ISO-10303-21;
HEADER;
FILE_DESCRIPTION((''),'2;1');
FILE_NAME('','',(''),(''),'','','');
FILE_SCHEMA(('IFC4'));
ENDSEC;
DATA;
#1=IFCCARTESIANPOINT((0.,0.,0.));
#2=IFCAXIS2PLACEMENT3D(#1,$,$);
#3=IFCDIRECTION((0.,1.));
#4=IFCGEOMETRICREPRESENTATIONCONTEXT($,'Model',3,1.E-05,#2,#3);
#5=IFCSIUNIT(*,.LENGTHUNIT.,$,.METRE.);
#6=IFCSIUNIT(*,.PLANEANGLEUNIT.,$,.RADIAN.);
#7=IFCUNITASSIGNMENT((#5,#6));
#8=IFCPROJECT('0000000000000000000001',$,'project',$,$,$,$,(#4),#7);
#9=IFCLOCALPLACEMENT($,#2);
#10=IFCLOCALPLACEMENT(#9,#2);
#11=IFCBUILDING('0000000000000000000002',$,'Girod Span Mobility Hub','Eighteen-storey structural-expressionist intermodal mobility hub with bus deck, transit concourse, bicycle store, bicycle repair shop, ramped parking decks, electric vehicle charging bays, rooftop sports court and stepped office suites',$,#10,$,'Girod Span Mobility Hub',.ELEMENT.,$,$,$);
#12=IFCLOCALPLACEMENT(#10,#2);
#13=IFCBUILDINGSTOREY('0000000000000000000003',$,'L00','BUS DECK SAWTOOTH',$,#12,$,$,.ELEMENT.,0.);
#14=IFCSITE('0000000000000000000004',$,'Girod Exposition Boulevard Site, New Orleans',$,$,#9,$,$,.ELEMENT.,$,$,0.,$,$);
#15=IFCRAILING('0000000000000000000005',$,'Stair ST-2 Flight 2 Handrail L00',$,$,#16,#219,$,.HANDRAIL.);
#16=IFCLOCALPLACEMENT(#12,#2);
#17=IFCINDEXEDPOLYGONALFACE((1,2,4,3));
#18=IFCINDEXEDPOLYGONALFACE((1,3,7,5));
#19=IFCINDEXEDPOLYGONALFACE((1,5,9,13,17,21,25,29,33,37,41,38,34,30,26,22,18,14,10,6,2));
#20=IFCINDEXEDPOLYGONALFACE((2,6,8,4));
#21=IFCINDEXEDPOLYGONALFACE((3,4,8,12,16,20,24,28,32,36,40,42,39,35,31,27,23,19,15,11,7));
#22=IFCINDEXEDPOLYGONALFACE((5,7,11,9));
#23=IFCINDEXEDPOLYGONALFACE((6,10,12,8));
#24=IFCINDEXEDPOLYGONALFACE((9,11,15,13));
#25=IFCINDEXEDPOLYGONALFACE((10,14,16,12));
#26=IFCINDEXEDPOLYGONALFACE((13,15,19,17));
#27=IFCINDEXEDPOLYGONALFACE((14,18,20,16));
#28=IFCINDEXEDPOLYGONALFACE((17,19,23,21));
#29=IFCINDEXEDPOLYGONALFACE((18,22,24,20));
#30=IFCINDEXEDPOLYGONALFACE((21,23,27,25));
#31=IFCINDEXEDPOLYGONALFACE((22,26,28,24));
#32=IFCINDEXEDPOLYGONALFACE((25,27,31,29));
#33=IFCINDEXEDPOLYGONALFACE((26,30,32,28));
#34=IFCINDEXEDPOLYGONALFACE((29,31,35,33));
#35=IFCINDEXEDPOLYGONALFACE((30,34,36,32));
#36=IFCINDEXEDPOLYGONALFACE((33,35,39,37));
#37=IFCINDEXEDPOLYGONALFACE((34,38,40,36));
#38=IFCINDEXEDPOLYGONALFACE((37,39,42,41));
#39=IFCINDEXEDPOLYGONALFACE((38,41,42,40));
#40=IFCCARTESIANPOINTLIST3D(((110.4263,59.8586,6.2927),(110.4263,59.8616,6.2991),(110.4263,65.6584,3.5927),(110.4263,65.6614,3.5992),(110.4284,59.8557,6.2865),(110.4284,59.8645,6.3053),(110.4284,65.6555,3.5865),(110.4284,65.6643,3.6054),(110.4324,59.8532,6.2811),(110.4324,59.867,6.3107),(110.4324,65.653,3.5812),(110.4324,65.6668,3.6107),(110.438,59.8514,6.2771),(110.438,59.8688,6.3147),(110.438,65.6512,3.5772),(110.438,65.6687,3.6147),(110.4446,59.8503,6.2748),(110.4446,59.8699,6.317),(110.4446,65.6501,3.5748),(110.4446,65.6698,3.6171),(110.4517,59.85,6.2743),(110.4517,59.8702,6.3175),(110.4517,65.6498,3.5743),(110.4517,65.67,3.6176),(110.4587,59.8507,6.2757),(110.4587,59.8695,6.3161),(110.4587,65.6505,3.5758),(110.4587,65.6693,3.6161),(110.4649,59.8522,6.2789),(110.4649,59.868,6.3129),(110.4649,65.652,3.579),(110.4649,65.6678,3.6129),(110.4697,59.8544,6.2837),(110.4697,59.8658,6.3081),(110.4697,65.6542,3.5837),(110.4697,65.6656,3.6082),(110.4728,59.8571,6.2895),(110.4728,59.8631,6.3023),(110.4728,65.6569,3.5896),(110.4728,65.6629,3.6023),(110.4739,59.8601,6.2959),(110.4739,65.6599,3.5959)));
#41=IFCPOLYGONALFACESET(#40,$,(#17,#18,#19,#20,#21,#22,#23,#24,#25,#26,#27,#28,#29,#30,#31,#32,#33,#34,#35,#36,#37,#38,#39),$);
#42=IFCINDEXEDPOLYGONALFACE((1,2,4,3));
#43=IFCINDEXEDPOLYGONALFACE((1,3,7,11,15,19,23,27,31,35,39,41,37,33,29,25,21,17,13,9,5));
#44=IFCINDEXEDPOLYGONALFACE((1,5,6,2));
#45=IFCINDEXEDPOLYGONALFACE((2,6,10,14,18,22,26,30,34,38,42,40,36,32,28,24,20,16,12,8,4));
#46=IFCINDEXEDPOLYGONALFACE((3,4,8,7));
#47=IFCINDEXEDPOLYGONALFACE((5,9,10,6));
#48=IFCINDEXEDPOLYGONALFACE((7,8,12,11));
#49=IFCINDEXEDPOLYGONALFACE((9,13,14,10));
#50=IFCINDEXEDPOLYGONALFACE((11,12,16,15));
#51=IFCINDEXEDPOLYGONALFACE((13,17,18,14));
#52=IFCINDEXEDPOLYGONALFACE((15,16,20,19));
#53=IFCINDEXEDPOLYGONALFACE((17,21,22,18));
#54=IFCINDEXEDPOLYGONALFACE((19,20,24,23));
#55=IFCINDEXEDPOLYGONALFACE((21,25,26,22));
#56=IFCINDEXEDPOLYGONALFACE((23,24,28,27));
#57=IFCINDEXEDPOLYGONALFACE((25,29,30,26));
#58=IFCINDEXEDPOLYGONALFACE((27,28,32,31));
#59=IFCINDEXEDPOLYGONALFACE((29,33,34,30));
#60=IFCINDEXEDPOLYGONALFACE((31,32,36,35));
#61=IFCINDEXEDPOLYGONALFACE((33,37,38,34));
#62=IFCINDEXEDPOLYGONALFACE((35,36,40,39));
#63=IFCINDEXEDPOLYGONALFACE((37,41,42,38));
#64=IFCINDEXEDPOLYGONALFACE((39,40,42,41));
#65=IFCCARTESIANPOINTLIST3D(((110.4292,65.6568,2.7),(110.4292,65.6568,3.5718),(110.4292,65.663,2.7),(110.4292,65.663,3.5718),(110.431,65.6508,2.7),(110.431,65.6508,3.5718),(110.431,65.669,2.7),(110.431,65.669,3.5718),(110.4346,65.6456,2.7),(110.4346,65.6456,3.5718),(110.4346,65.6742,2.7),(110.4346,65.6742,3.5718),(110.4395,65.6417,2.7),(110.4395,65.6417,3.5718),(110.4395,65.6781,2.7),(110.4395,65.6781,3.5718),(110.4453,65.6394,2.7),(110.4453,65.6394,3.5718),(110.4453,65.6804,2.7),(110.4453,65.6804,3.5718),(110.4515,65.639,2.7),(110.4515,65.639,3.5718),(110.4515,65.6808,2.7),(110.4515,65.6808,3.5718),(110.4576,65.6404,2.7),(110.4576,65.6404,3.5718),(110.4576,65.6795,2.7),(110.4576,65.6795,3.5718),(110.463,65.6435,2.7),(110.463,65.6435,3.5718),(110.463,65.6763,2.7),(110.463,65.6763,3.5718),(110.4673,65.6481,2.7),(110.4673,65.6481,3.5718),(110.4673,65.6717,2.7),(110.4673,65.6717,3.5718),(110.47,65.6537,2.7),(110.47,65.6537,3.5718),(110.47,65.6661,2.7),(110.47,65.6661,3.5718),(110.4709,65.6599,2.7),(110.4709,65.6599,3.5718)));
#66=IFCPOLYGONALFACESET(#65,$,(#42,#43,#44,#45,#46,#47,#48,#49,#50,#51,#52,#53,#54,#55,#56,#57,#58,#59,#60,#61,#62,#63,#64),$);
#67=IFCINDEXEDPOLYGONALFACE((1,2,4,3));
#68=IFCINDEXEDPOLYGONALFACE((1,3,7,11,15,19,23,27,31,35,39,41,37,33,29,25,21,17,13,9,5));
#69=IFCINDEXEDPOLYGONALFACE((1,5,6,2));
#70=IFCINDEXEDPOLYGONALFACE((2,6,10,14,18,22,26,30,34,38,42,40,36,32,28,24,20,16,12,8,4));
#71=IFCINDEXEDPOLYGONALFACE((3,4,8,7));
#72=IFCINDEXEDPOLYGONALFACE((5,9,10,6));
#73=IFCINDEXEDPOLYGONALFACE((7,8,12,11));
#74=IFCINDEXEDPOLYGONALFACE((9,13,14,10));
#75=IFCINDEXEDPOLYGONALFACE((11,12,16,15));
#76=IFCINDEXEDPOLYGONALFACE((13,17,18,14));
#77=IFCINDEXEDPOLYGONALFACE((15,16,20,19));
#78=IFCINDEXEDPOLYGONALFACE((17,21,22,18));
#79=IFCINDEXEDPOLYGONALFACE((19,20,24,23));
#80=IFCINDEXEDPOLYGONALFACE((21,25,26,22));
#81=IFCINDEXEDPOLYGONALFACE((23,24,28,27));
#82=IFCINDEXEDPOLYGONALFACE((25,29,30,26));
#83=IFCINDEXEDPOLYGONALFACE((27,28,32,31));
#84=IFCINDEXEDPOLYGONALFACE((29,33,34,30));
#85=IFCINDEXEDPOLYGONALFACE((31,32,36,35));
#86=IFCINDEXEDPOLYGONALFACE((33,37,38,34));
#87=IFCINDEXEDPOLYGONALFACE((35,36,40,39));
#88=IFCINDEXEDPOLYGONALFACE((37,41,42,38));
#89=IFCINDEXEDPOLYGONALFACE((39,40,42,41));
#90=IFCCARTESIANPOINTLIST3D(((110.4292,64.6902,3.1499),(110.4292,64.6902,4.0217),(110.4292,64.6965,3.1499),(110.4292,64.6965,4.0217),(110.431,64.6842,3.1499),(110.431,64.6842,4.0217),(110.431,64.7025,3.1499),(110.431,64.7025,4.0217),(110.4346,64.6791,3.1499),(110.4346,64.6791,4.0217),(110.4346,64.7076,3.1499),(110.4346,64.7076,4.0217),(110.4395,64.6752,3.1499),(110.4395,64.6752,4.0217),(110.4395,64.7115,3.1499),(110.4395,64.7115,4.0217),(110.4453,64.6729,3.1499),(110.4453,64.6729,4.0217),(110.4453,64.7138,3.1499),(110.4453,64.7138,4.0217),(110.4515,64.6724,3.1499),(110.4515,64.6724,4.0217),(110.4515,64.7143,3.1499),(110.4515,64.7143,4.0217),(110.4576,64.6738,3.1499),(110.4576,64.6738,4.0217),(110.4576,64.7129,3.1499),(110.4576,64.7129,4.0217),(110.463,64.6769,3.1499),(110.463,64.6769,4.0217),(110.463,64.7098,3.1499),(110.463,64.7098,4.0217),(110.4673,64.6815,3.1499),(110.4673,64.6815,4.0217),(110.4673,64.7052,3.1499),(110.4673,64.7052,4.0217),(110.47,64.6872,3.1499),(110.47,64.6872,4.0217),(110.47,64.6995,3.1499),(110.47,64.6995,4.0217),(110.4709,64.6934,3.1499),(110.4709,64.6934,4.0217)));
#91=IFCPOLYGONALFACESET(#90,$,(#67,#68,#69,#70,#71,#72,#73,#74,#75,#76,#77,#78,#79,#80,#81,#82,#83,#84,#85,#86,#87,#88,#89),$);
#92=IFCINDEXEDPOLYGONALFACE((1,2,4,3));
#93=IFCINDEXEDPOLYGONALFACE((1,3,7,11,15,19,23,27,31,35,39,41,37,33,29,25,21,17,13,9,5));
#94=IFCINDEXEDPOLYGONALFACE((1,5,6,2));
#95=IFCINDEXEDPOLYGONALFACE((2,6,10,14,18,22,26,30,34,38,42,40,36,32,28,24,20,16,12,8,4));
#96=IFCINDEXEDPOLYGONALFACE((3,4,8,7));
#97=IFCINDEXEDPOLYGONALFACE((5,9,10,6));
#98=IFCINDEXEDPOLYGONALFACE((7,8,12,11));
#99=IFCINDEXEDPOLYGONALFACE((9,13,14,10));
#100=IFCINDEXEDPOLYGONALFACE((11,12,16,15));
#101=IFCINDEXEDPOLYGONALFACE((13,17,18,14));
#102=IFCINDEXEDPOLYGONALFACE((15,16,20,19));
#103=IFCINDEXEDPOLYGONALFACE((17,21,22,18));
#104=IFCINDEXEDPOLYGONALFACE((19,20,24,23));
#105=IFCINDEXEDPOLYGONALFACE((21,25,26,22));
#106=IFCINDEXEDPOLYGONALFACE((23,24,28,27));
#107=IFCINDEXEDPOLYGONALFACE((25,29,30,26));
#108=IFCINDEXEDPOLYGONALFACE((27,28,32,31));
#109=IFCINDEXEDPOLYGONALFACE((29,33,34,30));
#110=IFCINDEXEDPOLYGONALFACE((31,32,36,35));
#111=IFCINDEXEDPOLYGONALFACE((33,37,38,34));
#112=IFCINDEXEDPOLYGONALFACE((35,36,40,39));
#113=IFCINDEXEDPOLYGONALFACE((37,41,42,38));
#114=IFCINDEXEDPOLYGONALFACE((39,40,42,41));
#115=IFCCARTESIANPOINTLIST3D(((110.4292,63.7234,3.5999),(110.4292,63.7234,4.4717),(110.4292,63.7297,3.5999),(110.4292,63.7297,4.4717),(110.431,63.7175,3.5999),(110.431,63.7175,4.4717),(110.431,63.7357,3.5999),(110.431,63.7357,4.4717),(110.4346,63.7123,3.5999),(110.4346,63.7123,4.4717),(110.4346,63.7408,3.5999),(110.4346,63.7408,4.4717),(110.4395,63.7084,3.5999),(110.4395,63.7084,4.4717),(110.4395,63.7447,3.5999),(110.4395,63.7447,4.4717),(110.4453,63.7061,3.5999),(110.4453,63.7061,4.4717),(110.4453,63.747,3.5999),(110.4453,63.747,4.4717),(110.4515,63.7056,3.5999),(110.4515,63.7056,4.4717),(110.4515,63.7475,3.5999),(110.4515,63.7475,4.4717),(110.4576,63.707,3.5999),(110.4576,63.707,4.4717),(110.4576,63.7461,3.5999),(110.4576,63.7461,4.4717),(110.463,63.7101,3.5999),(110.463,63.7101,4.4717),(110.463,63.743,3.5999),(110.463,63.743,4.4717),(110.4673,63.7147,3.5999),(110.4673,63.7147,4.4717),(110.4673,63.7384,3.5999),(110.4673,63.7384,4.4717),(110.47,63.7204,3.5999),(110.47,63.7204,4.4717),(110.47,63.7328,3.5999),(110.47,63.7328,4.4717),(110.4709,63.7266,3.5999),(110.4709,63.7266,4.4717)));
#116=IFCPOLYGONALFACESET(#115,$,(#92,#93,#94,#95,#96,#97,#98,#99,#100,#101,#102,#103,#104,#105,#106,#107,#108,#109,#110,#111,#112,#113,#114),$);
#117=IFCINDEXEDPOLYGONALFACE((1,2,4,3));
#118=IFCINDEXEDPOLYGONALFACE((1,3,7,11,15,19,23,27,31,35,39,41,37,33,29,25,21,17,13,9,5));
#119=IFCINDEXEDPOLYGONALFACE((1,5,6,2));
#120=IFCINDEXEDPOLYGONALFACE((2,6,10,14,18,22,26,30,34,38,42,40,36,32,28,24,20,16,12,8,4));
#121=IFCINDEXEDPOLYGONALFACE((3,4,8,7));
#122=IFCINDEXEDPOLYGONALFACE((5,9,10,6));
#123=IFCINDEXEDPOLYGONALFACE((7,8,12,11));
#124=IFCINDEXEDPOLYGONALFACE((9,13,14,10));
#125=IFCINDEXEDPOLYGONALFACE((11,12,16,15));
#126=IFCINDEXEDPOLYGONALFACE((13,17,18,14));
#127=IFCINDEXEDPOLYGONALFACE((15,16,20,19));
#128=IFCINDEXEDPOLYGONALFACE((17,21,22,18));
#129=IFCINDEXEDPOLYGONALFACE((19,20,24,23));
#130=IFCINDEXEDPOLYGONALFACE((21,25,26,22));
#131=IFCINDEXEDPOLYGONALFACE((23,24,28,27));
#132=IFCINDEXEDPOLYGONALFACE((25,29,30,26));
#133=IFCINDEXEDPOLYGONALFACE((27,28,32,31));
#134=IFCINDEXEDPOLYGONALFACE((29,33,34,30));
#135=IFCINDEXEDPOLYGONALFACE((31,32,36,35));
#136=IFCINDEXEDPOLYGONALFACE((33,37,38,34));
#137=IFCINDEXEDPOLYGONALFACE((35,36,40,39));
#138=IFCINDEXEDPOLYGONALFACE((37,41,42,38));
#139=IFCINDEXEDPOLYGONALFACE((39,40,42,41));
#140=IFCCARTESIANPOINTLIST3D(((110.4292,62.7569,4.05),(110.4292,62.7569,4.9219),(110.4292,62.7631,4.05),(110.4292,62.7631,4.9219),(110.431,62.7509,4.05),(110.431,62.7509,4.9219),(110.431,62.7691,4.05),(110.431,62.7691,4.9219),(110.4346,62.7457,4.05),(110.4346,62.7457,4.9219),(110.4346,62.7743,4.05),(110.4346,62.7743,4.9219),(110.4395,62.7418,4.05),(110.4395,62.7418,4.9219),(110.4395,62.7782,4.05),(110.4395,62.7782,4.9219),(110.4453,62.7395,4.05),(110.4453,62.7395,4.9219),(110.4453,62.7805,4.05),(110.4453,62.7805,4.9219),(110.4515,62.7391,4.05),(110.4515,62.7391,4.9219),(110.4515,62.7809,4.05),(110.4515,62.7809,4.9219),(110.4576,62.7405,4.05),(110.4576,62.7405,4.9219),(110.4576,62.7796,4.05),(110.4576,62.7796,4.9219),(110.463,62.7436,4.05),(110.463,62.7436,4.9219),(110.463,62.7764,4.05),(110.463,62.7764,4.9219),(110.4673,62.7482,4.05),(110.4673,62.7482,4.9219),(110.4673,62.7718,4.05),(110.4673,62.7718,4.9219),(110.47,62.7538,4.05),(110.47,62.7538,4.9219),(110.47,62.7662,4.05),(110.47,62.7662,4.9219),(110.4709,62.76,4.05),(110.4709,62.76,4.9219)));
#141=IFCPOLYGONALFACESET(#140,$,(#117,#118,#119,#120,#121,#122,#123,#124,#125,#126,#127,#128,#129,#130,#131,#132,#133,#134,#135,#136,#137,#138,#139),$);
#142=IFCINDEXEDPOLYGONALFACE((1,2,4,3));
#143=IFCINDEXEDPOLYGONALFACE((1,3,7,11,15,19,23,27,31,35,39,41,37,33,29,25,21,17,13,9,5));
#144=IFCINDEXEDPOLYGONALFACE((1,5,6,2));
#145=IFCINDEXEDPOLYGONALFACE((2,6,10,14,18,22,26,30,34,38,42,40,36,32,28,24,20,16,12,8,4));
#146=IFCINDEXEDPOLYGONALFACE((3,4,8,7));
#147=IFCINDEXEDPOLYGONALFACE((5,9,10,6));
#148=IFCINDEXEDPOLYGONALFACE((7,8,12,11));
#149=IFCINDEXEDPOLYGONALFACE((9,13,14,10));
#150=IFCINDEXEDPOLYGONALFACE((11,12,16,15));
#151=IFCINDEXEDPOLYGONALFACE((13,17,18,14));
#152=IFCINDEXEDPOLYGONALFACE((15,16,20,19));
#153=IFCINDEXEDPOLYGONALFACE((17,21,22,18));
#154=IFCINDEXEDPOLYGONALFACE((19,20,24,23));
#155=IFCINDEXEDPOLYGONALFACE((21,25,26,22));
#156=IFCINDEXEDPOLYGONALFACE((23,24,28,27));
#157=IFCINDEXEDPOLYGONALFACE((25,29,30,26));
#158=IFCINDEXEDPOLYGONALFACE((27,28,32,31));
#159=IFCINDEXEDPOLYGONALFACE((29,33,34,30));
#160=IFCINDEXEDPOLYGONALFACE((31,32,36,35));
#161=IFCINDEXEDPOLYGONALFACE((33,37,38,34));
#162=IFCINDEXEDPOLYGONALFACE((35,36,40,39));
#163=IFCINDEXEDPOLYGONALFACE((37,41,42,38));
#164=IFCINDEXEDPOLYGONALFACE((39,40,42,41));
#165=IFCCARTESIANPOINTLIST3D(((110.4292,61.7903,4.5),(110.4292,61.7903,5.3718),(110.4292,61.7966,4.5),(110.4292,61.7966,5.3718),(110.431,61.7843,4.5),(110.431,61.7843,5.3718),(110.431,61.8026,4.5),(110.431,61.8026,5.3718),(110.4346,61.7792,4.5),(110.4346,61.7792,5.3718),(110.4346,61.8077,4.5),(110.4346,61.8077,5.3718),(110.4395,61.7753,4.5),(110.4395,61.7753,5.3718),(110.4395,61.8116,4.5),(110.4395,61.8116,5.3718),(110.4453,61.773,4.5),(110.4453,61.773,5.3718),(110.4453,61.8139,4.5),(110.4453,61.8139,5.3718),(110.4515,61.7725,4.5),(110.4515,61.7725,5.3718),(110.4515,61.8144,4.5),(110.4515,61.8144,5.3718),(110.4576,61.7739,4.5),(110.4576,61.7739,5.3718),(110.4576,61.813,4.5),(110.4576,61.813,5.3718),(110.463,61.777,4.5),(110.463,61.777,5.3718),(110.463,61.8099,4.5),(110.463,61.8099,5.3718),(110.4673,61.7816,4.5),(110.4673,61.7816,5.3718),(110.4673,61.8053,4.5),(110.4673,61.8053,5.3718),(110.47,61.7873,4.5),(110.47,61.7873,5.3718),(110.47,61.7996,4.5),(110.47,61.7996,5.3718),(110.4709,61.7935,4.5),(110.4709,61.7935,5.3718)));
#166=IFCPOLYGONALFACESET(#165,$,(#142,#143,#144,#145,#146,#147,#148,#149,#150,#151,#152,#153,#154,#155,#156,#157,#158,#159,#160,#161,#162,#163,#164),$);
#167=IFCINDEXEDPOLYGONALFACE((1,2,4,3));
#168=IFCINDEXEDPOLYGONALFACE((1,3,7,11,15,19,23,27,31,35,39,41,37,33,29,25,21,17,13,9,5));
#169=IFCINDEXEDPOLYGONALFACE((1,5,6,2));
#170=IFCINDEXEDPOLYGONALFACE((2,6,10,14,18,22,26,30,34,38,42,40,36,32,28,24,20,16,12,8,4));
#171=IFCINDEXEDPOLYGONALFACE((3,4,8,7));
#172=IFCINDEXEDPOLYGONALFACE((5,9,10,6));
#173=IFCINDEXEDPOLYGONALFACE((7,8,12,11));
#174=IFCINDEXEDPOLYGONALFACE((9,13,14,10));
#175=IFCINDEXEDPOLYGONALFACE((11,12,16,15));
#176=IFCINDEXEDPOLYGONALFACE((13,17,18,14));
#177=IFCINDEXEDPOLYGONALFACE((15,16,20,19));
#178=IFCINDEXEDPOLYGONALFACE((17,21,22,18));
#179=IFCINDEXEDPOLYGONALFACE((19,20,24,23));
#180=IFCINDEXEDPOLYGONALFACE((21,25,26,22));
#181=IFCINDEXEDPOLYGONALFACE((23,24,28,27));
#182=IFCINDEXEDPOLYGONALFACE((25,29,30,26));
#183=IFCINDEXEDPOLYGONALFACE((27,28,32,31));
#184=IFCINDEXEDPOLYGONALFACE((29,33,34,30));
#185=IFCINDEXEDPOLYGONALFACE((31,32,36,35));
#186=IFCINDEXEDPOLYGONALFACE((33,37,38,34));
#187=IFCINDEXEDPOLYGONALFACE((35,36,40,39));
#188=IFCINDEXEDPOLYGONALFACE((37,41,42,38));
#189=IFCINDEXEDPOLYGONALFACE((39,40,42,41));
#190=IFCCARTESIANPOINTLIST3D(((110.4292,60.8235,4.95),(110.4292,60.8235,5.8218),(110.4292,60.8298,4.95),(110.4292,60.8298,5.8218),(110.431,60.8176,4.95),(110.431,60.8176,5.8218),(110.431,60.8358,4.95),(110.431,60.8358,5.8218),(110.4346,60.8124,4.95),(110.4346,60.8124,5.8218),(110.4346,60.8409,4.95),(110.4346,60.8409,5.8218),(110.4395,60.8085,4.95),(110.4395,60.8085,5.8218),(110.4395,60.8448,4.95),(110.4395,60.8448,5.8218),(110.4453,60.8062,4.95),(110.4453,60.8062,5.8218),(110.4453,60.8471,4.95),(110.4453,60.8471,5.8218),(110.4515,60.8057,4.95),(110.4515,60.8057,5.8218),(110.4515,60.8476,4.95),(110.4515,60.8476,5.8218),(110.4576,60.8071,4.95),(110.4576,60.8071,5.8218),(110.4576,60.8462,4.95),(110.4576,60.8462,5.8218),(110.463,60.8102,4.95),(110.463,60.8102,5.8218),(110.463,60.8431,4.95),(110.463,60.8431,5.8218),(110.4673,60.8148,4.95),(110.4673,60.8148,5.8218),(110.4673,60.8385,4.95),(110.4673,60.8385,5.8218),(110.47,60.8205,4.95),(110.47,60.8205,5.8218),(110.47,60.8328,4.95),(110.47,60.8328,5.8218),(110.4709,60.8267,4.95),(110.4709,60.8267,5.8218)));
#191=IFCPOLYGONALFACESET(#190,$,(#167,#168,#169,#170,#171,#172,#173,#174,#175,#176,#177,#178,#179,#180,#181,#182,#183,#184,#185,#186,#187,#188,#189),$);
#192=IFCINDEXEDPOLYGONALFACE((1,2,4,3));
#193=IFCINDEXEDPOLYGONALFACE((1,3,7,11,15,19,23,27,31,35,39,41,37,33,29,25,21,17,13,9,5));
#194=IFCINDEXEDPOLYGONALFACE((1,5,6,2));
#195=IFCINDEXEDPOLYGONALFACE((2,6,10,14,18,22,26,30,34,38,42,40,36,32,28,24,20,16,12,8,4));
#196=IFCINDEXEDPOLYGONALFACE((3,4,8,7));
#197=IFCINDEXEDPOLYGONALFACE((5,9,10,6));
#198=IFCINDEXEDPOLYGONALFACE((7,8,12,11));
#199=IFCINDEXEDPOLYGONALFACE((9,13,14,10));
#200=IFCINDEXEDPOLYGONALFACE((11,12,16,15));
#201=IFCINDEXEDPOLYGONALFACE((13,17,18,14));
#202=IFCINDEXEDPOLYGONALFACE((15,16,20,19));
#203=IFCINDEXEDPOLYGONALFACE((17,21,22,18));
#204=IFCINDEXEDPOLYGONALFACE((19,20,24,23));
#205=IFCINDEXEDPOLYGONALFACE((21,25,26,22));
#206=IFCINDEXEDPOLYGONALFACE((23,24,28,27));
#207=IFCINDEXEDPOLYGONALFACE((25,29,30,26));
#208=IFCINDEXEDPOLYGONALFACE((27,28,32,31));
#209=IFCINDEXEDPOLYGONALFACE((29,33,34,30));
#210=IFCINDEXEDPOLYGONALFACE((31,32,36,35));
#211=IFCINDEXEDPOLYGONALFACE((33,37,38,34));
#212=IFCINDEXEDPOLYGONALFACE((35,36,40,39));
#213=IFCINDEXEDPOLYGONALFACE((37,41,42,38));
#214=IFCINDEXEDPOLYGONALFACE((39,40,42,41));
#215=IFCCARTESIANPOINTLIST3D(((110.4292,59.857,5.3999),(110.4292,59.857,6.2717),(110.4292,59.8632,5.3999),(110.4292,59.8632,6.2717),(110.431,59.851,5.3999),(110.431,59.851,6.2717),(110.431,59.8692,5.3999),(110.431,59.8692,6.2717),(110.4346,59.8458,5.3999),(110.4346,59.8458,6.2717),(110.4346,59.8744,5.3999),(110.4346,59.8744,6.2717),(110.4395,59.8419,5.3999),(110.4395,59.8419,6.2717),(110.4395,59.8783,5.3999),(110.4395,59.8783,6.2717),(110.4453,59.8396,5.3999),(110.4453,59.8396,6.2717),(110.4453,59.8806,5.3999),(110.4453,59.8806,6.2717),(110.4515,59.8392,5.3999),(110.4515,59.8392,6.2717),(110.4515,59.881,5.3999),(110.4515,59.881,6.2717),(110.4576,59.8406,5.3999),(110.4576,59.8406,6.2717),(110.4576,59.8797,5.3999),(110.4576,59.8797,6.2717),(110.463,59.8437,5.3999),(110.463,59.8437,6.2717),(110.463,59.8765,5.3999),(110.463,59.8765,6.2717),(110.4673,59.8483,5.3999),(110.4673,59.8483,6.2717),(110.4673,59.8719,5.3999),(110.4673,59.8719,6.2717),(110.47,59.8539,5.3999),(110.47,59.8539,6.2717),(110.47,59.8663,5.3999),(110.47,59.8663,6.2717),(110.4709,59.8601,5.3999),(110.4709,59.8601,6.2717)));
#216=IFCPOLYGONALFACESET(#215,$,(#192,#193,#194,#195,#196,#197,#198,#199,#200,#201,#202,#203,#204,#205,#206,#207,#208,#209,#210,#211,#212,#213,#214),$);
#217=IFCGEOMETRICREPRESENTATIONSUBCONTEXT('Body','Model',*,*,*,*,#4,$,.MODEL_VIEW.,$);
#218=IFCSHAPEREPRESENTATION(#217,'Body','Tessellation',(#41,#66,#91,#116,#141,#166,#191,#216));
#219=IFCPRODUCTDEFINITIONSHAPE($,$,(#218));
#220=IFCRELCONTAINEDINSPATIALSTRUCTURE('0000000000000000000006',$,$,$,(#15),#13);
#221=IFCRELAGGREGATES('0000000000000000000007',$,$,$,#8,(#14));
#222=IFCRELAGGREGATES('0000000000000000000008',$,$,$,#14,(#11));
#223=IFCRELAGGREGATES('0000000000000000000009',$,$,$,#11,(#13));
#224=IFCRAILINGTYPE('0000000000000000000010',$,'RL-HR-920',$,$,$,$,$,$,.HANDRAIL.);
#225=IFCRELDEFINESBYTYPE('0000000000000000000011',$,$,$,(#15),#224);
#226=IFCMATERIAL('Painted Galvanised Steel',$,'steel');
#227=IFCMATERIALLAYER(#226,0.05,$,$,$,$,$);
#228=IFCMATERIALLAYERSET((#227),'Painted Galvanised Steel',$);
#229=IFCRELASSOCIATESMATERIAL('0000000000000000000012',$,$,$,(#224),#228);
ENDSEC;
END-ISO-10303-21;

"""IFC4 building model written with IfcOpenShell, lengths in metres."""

from ifc_helpers import new_model, si_unit, direction, frame, origin, origin_2d, place, context, subcontext, project, spatial, circle, extrude, material, layer, layer_set, type_object, element, save


model = new_model("IFC4")

# Units and contexts
model_context = context("Model", 3, precision=1e-05, world=origin(), true_north=direction((0.0, 1.0)))
body_context = subcontext(model_context, "Body", "Model", "MODEL_VIEW")
ifc_project = project(units=[si_unit("LENGTHUNIT", "METRE"), si_unit("PLANEANGLEUNIT", "RADIAN")], contexts=[model_context])

# Site, building, storey
site_placement = place(None, origin())
site = spatial("IfcSite", under=ifc_project, at=site_placement, Name="Girod Exposition Boulevard Site, New Orleans", CompositionType="ELEMENT", RefElevation=0.0)
building_placement = place(site_placement, origin())
building = spatial("IfcBuilding", under=site, at=building_placement, Name="Girod Span Mobility Hub", Description="Eighteen-storey structural-expressionist intermodal mobility hub with bus deck, transit concourse, bicycle store, bicycle repair shop, ramped parking decks, electric vehicle charging bays, rooftop sports court and stepped office suites", LongName="Girod Span Mobility Hub", CompositionType="ELEMENT")
storey_placement = place(building_placement, origin())
storey = spatial("IfcBuildingStorey", under=building, at=storey_placement, Name="L00", Description="BUS DECK SAWTOOTH", CompositionType="ELEMENT", Elevation=0.0)

# Railing
ifc_material_1 = material(Name="Painted Galvanised Steel", Category="steel")
ifc_layer_1 = layer(ifc_material_1, 0.05)
ifc_layer_set_1 = layer_set([ifc_layer_1], Name="Painted Galvanised Steel")
railing_type_1 = type_object("IfcRailingType", Name="RL-HR-920", PredefinedType="HANDRAIL", material=ifc_layer_set_1)
railing_1_placement = place(storey_placement, frame((110.45, 65.6599, 2.7)))
element("IfcRailing", 1, at=railing_1_placement, inside=storey, type_object=railing_type_1, Name="Stair ST-2 Flight 2 Handrail L00", PredefinedType="HANDRAIL", context=body_context, shape_type="SweptSolid", body=[
    extrude(circle(Radius=0.0239, at=origin_2d()), frame((0.0, 0.0, 0.896), z_axis=(0.0, -0.90658, 0.422035), x_axis=(1.0, 0.0, 0.0)), (0.0, 0.0, 1.0), 6.3975),
    extrude(circle(Radius=0.021, at=origin_2d()), origin(), (0.0, 0.0, 1.0), 0.8718),
    extrude(circle(Radius=0.021, at=origin_2d()), frame((0.0, -0.9666, 0.45)), (0.0, 0.0, 1.0), 0.8718),
    extrude(circle(Radius=0.021, at=origin_2d()), frame((0.0, -1.9333, 0.8999)), (0.0, 0.0, 1.0), 0.8718),
    extrude(circle(Radius=0.021, at=origin_2d()), frame((0.0, -2.8999, 1.3501)), (0.0, 0.0, 1.0), 0.8718),
    extrude(circle(Radius=0.021, at=origin_2d()), frame((0.0, -3.8665, 1.8)), (0.0, 0.0, 1.0), 0.8718),
    extrude(circle(Radius=0.021, at=origin_2d()), frame((0.0, -4.8333, 2.25)), (0.0, 0.0, 1.0), 0.8718),
    extrude(circle(Radius=0.021, at=origin_2d()), frame((0.0, -5.7998, 2.7)), (0.0, 0.0, 1.0), 0.8718),
])

save(model, "model.ifc")
